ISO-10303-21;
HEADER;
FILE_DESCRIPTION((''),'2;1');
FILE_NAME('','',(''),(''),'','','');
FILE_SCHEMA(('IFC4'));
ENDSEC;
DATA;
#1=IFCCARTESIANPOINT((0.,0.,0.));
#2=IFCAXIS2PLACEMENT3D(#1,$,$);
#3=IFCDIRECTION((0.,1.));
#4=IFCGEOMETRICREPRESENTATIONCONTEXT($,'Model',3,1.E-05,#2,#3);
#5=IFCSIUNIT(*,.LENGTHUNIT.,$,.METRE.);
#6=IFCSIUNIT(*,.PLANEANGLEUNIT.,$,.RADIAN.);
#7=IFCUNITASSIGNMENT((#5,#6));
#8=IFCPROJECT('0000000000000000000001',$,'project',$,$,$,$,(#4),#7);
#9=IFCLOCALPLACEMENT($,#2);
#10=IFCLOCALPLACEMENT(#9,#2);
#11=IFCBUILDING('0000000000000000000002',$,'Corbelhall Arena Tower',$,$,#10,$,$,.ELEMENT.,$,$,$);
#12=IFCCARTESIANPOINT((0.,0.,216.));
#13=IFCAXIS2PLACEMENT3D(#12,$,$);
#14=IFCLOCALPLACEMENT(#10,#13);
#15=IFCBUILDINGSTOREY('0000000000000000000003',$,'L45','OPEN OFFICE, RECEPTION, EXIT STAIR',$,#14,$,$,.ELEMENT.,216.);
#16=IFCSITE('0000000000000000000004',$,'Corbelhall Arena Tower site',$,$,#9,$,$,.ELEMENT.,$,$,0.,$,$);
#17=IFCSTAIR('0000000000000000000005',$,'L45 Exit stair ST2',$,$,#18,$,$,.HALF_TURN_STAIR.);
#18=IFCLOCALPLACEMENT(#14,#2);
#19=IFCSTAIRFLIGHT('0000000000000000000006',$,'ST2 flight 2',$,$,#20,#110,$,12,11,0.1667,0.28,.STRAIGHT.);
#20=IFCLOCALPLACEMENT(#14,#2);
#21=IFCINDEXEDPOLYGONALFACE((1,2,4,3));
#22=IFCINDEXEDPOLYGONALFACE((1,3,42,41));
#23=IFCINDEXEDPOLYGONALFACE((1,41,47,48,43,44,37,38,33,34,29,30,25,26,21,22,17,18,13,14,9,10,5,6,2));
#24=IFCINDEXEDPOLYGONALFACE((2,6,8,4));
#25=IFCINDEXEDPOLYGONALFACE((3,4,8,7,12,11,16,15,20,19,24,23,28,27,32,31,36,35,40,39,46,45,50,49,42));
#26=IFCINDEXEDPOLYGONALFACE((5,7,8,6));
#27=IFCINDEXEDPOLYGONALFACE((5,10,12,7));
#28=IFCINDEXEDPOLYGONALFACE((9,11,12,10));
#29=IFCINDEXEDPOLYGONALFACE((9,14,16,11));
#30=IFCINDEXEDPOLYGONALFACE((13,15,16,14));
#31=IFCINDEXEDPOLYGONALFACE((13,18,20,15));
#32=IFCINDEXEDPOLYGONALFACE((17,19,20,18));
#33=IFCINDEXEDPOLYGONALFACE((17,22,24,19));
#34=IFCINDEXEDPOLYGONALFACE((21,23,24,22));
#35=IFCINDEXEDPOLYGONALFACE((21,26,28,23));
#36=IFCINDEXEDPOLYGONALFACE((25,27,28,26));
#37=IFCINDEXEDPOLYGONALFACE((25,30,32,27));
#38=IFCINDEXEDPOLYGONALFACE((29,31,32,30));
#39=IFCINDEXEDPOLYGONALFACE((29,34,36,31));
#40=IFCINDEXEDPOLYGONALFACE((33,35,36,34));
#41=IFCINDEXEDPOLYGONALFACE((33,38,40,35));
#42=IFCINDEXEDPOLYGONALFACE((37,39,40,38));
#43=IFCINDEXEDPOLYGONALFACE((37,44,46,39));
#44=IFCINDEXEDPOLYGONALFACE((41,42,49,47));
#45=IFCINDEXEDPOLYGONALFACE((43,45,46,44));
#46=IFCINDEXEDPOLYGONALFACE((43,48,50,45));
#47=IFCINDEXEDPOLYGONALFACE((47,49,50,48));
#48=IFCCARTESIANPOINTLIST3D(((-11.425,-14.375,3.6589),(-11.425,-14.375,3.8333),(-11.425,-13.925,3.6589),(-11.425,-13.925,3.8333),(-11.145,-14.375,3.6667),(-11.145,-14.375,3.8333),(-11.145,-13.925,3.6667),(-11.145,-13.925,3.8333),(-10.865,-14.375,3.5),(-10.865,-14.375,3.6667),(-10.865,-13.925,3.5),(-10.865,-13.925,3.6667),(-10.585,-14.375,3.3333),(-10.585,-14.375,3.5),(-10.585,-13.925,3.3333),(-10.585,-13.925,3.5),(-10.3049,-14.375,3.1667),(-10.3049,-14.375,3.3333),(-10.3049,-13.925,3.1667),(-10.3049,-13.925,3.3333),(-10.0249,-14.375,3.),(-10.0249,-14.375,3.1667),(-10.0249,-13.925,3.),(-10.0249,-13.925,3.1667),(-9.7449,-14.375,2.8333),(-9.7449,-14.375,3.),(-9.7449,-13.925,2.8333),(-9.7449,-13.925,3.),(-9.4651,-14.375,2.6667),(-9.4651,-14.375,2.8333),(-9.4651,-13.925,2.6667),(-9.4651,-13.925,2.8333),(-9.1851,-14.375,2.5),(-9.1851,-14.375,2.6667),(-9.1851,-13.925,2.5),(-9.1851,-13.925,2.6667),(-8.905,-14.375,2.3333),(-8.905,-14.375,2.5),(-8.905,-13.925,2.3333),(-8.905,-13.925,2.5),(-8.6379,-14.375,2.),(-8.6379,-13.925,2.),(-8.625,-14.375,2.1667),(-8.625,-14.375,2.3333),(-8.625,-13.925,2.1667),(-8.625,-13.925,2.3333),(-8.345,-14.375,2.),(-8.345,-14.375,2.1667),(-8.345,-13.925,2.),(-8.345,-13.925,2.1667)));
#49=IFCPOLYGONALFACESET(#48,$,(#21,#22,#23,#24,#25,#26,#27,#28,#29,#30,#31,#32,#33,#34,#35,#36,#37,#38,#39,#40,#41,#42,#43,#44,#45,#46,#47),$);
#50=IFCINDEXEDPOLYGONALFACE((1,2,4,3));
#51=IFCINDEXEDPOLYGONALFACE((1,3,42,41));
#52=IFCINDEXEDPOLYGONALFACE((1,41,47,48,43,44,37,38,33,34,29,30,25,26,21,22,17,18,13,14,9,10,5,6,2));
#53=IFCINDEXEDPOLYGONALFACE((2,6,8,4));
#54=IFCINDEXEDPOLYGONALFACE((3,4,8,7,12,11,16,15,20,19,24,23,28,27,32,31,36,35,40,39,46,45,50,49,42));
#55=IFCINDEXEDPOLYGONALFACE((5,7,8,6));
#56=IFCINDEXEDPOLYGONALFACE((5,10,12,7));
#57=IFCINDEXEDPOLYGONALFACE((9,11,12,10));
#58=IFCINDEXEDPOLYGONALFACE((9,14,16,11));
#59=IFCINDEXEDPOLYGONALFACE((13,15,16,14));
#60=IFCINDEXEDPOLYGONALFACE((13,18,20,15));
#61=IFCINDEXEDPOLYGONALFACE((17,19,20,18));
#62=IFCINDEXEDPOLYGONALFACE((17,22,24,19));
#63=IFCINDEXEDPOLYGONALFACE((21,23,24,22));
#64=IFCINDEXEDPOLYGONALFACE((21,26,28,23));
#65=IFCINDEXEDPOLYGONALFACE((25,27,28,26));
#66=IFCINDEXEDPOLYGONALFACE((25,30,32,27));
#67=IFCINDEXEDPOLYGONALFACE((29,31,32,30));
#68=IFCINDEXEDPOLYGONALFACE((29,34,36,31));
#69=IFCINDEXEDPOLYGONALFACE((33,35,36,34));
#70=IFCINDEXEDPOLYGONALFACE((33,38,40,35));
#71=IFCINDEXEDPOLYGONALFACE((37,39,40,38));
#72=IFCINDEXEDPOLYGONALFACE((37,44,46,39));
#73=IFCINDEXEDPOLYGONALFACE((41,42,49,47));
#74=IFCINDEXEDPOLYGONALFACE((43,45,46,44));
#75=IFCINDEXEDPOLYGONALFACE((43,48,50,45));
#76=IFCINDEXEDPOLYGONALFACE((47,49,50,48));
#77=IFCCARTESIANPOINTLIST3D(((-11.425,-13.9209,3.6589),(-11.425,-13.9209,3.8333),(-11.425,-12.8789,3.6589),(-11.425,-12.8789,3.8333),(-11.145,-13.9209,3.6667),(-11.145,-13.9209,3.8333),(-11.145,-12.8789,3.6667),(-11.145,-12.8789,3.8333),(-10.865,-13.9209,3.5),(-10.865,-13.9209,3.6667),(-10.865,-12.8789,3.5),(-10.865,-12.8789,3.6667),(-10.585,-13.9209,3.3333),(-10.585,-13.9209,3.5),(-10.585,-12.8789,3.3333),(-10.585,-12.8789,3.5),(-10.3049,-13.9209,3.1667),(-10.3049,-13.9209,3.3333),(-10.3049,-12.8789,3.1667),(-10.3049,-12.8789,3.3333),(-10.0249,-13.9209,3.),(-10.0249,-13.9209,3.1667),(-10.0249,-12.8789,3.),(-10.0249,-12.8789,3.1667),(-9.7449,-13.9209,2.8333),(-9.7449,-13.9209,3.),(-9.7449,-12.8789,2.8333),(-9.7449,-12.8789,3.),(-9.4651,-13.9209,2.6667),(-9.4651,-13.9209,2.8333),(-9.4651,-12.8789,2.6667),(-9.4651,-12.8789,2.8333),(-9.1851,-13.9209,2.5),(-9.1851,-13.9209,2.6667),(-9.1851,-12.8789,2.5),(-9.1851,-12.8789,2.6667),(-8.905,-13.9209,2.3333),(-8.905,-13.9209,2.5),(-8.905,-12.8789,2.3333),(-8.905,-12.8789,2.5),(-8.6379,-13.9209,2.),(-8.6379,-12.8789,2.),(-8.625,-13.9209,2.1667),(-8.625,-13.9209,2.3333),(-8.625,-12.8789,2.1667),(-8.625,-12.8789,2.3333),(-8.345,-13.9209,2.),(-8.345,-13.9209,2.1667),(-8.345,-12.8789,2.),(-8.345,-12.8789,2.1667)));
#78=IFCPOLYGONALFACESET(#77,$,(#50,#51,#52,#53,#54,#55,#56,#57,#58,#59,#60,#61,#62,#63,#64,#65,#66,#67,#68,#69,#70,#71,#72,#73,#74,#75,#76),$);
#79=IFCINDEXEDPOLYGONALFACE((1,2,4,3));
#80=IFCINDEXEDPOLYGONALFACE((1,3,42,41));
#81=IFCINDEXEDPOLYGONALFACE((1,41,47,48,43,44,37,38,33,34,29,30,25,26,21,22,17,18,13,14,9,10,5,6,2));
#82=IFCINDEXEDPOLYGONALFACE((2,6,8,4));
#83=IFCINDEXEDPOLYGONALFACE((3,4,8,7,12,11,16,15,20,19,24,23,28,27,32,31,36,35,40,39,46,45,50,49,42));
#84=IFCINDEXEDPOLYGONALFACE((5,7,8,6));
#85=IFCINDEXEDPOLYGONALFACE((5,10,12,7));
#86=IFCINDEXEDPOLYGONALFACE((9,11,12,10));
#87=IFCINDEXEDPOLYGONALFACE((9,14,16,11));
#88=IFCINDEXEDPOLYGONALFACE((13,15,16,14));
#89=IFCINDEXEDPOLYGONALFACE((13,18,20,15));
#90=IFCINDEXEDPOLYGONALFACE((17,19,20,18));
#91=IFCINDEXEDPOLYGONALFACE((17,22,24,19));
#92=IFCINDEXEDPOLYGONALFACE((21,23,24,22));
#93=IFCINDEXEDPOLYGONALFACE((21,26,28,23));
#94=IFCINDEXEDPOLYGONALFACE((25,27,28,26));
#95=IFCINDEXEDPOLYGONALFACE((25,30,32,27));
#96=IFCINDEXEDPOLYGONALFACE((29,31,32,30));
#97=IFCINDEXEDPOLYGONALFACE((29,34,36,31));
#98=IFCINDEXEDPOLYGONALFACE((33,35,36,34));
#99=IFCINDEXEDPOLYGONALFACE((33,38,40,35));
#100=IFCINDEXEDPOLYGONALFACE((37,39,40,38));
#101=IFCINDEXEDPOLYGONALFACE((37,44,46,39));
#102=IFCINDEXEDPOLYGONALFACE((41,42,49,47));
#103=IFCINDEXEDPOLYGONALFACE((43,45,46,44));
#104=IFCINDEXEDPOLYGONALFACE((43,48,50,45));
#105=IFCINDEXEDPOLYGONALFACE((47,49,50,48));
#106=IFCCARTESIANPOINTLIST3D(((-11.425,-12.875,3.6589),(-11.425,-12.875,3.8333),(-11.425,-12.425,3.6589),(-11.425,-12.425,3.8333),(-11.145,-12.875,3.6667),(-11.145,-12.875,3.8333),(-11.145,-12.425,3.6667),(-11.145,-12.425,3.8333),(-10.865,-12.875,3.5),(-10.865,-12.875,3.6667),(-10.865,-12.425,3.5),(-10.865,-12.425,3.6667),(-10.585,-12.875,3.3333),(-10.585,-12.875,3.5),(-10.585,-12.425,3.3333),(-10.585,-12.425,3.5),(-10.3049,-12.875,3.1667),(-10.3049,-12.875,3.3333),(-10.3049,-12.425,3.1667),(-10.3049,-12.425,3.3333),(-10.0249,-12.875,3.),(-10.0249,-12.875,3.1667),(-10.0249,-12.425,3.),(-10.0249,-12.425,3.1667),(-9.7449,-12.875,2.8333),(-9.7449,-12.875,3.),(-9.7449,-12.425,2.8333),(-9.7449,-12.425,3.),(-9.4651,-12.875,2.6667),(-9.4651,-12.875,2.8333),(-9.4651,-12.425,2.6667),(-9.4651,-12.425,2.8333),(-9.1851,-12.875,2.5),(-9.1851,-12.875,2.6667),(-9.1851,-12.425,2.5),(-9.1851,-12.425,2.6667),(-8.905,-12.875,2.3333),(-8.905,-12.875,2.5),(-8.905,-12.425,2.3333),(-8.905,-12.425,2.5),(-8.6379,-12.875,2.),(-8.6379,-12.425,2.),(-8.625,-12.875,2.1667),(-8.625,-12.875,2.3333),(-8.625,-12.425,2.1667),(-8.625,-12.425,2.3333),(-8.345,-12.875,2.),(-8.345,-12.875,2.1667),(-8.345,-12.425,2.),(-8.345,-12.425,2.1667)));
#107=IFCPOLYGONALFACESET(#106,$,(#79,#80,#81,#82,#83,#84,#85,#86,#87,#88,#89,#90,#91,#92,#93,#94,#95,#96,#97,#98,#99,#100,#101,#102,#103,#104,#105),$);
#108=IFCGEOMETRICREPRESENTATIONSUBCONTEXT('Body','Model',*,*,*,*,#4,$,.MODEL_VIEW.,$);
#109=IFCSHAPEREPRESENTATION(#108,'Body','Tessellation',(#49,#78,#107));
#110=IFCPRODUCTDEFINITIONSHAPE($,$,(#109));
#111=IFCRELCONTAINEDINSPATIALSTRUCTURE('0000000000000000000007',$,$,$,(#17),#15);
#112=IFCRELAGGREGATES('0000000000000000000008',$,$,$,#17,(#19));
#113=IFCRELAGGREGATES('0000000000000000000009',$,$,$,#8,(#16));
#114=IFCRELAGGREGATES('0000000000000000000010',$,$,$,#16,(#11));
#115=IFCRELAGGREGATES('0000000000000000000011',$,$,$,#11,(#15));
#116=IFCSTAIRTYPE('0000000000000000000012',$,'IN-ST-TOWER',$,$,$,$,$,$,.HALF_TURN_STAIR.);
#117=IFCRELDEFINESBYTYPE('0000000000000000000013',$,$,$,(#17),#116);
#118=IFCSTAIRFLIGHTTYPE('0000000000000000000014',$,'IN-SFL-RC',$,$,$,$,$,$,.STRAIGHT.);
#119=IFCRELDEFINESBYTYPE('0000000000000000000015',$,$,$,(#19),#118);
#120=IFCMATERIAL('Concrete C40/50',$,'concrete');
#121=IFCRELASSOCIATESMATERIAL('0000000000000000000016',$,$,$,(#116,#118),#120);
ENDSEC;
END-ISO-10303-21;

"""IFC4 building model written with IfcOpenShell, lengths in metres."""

from ifc_helpers import new_model, si_unit, direction, frame, origin, place, context, subcontext, project, spatial, polyline, outline, extrude, material, type_object, element, aggregate, save


model = new_model("IFC4")

# Units and contexts
model_context = context("Model", 3, precision=1e-05, world=origin(), true_north=direction((0.0, 1.0)))
body_context = subcontext(model_context, "Body", "Model", "MODEL_VIEW")
ifc_project = project(units=[si_unit("LENGTHUNIT", "METRE"), si_unit("PLANEANGLEUNIT", "RADIAN")], contexts=[model_context])

# Site, building, storey
site_placement = place(None, origin())
site = spatial("IfcSite", under=ifc_project, at=site_placement, Name="Corbelhall Arena Tower site", CompositionType="ELEMENT", RefElevation=0.0)
building_placement = place(site_placement, origin())
building = spatial("IfcBuilding", under=site, at=building_placement, Name="Corbelhall Arena Tower", CompositionType="ELEMENT")
storey_placement = place(building_placement, frame((0.0, 0.0, 216.0)))
storey = spatial("IfcBuildingStorey", under=building, at=storey_placement, Name="L45", Description="OPEN OFFICE, RECEPTION, EXIT STAIR", CompositionType="ELEMENT", Elevation=216.0)

# Stair, stair flight
ifc_material_1 = material(Name="Concrete C40/50", Category="concrete")
stair_type = type_object("IfcStairType", Name="IN-ST-TOWER", PredefinedType="HALF_TURN_STAIR", material=ifc_material_1)
stair_placement = place(storey_placement, origin())
stair = element("IfcStair", 1, at=stair_placement, inside=storey, type_object=stair_type, Name="L45 Exit stair ST2", PredefinedType="HALF_TURN_STAIR")
stair_flight_type = type_object("IfcStairFlightType", Name="IN-SFL-RC", PredefinedType="STRAIGHT", material=ifc_material_1)
stair_flight_1_placement = place(storey_placement, frame((-8.345, -13.3999, 2.0), z_axis=(0.0, 0.0, 1.0), x_axis=(-1.0, 0.0, 0.0)))
stair_flight_1 = element("IfcStairFlight", 2, at=stair_flight_1_placement, type_object=stair_flight_type, Name="ST2 flight 2", NumberOfRisers=12, NumberOfTreads=11, PredefinedType="STRAIGHT", RiserHeight=0.1667, TreadLength=0.28, context=body_context, shape_type="SweptSolid", body=[
    extrude(outline(polyline([(0.0, 0.0), (0.0, 0.1667), (0.28, 0.1667), (0.28, 0.3333), (0.5601, 0.3333), (0.5601, 0.5), (0.8401, 0.5), (0.8401, 0.6667), (1.1201, 0.6667), (1.1201, 0.8333), (1.3999, 0.8333), (1.3999, 1.0), (1.6799, 1.0), (1.6799, 1.1667), (1.96, 1.1667), (1.96, 1.3333), (2.24, 1.3333), (2.24, 1.5), (2.52, 1.5), (2.52, 1.6667), (2.8, 1.6667), (2.8, 1.8333), (3.0801, 1.8333), (3.0801, 2.0), (3.0801, 1.6589), (0.293, 0.0), (0.0, 0.0)])), frame((0.0, 0.9751, 0.0), z_axis=(0.0, -1.0, 0.0), x_axis=(1.0, 0.0, 0.0)), (0.0, 0.0, 1.0), 0.45),
    extrude(outline(polyline([(0.0, 0.0), (0.0, 0.1667), (0.28, 0.1667), (0.28, 0.3333), (0.5601, 0.3333), (0.5601, 0.5), (0.8401, 0.5), (0.8401, 0.6667), (1.1201, 0.6667), (1.1201, 0.8333), (1.3999, 0.8333), (1.3999, 1.0), (1.6799, 1.0), (1.6799, 1.1667), (1.96, 1.1667), (1.96, 1.3333), (2.24, 1.3333), (2.24, 1.5), (2.52, 1.5), (2.52, 1.6667), (2.8, 1.6667), (2.8, 1.8333), (3.0801, 1.8333), (3.0801, 2.0), (3.0801, 1.6589), (0.293, 0.0), (0.0, 0.0)])), frame((0.0, 0.521, 0.0), z_axis=(0.0, -1.0, 0.0), x_axis=(1.0, 0.0, 0.0)), (0.0, 0.0, 1.0), 1.042),
    extrude(outline(polyline([(0.0, 0.0), (0.0, 0.1667), (0.28, 0.1667), (0.28, 0.3333), (0.5601, 0.3333), (0.5601, 0.5), (0.8401, 0.5), (0.8401, 0.6667), (1.1201, 0.6667), (1.1201, 0.8333), (1.3999, 0.8333), (1.3999, 1.0), (1.6799, 1.0), (1.6799, 1.1667), (1.96, 1.1667), (1.96, 1.3333), (2.24, 1.3333), (2.24, 1.5), (2.52, 1.5), (2.52, 1.6667), (2.8, 1.6667), (2.8, 1.8333), (3.0801, 1.8333), (3.0801, 2.0), (3.0801, 1.6589), (0.293, 0.0), (0.0, 0.0)])), frame((0.0, -0.5249, 0.0), z_axis=(0.0, -1.0, 0.0), x_axis=(1.0, 0.0, 0.0)), (0.0, 0.0, 1.0), 0.45),
])
aggregate(stair, [stair_flight_1])

save(model, "model.ifc")
